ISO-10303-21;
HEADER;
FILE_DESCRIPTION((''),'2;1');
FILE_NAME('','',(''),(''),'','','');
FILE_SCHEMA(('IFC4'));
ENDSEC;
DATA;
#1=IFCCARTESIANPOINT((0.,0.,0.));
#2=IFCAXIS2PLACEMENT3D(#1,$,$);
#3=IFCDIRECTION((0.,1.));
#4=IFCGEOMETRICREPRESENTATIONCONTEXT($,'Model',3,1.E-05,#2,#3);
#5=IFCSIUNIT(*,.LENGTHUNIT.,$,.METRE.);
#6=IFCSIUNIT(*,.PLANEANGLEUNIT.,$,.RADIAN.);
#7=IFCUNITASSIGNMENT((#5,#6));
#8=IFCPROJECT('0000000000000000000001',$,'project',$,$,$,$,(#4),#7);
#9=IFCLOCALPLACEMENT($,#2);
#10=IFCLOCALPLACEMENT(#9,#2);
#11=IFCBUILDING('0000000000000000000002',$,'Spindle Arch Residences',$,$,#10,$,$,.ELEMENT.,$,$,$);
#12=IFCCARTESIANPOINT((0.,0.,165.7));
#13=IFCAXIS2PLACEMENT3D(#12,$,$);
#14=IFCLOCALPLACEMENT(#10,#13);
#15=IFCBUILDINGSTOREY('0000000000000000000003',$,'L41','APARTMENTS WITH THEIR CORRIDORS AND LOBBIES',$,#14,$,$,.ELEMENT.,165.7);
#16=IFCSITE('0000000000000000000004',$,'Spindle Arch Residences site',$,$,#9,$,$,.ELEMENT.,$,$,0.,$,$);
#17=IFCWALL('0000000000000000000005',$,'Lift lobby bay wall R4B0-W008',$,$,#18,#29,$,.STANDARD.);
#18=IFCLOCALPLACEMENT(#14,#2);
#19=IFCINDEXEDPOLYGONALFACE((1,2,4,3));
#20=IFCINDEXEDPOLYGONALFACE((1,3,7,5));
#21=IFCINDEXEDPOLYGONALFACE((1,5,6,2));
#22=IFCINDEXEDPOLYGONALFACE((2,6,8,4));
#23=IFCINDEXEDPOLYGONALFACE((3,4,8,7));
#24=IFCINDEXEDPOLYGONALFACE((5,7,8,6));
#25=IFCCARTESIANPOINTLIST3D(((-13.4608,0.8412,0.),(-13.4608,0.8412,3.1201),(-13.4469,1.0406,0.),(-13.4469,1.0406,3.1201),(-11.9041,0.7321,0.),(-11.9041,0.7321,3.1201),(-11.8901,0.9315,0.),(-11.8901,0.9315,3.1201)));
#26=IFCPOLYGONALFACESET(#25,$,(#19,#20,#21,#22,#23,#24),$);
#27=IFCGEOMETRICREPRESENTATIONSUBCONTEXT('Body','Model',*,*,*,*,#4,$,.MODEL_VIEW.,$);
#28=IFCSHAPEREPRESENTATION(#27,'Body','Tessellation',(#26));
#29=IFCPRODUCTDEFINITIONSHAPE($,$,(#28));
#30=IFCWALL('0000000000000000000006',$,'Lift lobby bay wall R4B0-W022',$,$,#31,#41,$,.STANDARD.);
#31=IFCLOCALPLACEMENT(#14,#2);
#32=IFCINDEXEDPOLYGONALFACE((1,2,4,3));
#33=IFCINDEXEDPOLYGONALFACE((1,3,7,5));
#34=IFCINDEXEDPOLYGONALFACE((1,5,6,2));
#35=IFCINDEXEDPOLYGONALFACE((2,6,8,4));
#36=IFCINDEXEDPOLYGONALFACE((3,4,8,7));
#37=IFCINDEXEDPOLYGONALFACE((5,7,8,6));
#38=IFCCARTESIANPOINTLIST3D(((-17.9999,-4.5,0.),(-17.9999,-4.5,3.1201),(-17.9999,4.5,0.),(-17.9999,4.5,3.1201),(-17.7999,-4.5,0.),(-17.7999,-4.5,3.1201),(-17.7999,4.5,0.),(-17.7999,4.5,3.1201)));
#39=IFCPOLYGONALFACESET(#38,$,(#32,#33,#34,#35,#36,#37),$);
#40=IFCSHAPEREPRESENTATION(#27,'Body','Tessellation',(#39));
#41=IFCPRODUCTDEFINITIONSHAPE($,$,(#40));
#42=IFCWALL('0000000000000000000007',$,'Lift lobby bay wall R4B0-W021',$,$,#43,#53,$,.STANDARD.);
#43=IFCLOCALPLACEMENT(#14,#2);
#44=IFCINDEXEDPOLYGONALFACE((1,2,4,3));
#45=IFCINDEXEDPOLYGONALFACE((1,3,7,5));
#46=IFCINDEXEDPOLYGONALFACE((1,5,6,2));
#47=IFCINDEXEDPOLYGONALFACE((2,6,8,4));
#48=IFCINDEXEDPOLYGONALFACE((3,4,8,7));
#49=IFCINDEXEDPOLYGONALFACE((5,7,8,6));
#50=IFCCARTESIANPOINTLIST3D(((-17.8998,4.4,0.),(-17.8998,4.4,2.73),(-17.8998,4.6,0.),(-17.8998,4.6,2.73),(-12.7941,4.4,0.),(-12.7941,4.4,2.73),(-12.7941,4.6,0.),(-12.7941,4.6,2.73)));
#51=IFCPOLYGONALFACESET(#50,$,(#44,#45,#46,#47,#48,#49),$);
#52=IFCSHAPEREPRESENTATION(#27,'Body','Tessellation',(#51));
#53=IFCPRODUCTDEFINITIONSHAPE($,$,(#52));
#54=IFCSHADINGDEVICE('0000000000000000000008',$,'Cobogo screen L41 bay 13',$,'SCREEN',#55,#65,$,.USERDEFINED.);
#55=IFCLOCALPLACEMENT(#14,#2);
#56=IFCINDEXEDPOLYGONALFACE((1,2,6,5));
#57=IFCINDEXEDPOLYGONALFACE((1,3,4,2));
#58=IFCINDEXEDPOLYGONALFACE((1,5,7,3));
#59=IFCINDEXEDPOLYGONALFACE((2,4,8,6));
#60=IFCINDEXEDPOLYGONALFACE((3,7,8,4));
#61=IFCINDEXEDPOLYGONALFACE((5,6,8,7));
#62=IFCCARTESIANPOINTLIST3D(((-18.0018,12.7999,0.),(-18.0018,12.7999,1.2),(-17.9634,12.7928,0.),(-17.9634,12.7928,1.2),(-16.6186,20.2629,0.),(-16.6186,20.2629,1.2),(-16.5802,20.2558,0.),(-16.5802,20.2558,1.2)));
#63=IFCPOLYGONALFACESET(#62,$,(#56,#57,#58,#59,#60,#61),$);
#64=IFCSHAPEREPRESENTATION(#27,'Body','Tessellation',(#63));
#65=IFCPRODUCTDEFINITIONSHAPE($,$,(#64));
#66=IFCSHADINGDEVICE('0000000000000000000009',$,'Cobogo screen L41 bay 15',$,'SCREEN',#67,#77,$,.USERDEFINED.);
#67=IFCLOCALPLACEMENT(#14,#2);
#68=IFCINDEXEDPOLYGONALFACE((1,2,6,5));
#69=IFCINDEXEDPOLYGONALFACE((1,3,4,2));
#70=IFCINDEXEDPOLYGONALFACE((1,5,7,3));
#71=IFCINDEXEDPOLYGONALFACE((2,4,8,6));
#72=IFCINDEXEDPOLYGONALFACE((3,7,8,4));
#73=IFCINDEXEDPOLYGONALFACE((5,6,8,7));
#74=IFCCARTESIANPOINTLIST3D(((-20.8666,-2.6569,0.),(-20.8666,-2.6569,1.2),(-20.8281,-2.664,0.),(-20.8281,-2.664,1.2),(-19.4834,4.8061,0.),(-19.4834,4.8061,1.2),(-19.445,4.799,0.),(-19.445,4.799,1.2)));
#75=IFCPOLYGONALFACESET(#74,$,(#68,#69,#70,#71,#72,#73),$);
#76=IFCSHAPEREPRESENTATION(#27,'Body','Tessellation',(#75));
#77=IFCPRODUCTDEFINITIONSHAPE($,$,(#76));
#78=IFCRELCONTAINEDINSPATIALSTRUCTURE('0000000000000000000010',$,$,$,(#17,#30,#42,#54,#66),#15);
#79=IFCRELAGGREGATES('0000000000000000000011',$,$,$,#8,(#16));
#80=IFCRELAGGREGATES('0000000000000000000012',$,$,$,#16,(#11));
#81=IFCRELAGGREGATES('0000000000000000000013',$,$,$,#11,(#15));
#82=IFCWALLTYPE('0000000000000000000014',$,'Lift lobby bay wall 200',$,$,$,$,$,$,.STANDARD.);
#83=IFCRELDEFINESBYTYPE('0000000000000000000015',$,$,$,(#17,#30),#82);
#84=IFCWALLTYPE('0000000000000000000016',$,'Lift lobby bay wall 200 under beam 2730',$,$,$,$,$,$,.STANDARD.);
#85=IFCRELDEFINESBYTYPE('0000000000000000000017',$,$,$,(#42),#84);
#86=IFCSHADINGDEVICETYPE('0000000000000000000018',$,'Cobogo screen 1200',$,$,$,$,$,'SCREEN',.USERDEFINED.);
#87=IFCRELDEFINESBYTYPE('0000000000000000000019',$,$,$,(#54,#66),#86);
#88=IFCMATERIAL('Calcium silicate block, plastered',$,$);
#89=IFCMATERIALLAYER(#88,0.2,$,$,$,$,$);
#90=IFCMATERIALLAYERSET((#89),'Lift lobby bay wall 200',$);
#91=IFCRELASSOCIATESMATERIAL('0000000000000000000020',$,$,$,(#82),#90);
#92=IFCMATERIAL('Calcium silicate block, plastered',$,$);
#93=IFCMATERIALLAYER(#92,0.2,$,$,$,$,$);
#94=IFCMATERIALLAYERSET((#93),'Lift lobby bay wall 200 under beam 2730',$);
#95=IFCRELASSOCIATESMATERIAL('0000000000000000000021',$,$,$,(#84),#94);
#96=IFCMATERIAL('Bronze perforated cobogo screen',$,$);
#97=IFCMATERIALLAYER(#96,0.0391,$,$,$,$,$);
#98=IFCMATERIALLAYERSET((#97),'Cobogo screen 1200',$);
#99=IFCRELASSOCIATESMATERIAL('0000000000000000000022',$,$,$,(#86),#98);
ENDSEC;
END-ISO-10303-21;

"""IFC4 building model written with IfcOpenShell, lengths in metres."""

from ifc_helpers import new_model, si_unit, direction, frame, frame_2d, origin, origin_2d, place, context, subcontext, project, spatial, rectangle, extrude, material, layer, layer_set, type_object, element, save


model = new_model("IFC4")

# Units and contexts
model_context = context("Model", 3, precision=1e-05, world=origin(), true_north=direction((0.0, 1.0)))
body_context = subcontext(model_context, "Body", "Model", "MODEL_VIEW")
ifc_project = project(units=[si_unit("LENGTHUNIT", "METRE"), si_unit("PLANEANGLEUNIT", "RADIAN")], contexts=[model_context])

# Site, building, storey
site_placement = place(None, origin())
site = spatial("IfcSite", under=ifc_project, at=site_placement, Name="Spindle Arch Residences site", CompositionType="ELEMENT", RefElevation=0.0)
building_placement = place(site_placement, origin())
building = spatial("IfcBuilding", under=site, at=building_placement, Name="Spindle Arch Residences", CompositionType="ELEMENT")
storey_placement = place(building_placement, frame((0.0, 0.0, 165.7)))
storey = spatial("IfcBuildingStorey", under=building, at=storey_placement, Name="L41", Description="APARTMENTS WITH THEIR CORRIDORS AND LOBBIES", CompositionType="ELEMENT", Elevation=165.7)

# Walls
ifc_material_1 = material(Name="Calcium silicate block, plastered")
ifc_layer_1 = layer(ifc_material_1, 0.2)
ifc_layer_set_1 = layer_set([ifc_layer_1], Name="Lift lobby bay wall 200")
wall_type_1 = type_object("IfcWallType", Name="Lift lobby bay wall 200", PredefinedType="STANDARD", material=ifc_layer_set_1)
wall_1_placement = place(storey_placement, frame((-13.4539, 0.9409, 0.0), z_axis=(0.0, 0.0, 1.0), x_axis=(0.997552, -0.069935, 0.0)))
element("IfcWall", 1, at=wall_1_placement, inside=storey, type_object=wall_type_1, Name="Lift lobby bay wall R4B0-W008", PredefinedType="STANDARD", context=body_context, shape_type="SweptSolid", body=[
    extrude(rectangle(XDim=1.5605, YDim=0.2, at=frame_2d((0.7803, 0.0))), origin(), (0.0, 0.0, 1.0), 3.1201),
])
wall_2_placement = place(storey_placement, frame((-17.8999, 4.5, 0.0), z_axis=(0.0, 0.0, 1.0), x_axis=(0.0, -1.0, 0.0)))
element("IfcWall", 2, at=wall_2_placement, inside=storey, type_object=wall_type_1, Name="Lift lobby bay wall R4B0-W022", PredefinedType="STANDARD", context=body_context, shape_type="SweptSolid", body=[
    extrude(rectangle(XDim=9.0, YDim=0.2, at=frame_2d((4.5, 0.0))), origin(), (0.0, 0.0, 1.0), 3.1201),
])
ifc_material_2 = material(Name="Calcium silicate block, plastered")
ifc_layer_2 = layer(ifc_material_2, 0.2)
ifc_layer_set_2 = layer_set([ifc_layer_2], Name="Lift lobby bay wall 200 under beam 2730")
wall_type_2 = type_object("IfcWallType", Name="Lift lobby bay wall 200 under beam 2730", PredefinedType="STANDARD", material=ifc_layer_set_2)
wall_3_placement = place(storey_placement, frame((-12.7942, 4.5, 0.0), z_axis=(0.0, 0.0, 1.0), x_axis=(-1.0, 0.0, 0.0)))
element("IfcWall", 3, at=wall_3_placement, inside=storey, type_object=wall_type_2, Name="Lift lobby bay wall R4B0-W021", PredefinedType="STANDARD", context=body_context, shape_type="SweptSolid", body=[
    extrude(rectangle(XDim=5.1057, YDim=0.2, at=frame_2d((2.5527, 0.0))), origin(), (0.0, 0.0, 1.0), 2.73),
])

# Shading devices
ifc_material_3 = material(Name="Bronze perforated cobogo screen")
ifc_layer_3 = layer(ifc_material_3, 0.0391)
ifc_layer_set_3 = layer_set([ifc_layer_3], Name="Cobogo screen 1200")
shading_device_type = type_object("IfcShadingDeviceType", Name="Cobogo screen 1200", ElementType="SCREEN", PredefinedType="USERDEFINED", material=ifc_layer_set_3)
for number, where, z_axis, x_axis, name in (
    (4, (-17.291, 16.5278, 0.0), (0.0, 0.0, 1.0), (-0.182236, -0.983255, 0.0), "Cobogo screen L41 bay 13"),
    (5, (-20.1558, 1.071, 0.0), (0.0, 0.0, 1.0), (-0.182236, -0.983255, 0.0), "Cobogo screen L41 bay 15"),
):
    element("IfcShadingDevice", number, at=place(storey_placement, frame(where, z_axis=z_axis, x_axis=x_axis)), inside=storey, type_object=shading_device_type, Name=name, ObjectType="SCREEN", PredefinedType="USERDEFINED", context=body_context, shape_type="SweptSolid", body=[
        extrude(rectangle(XDim=7.5901, YDim=0.0391, at=origin_2d()), origin(), (0.0, 0.0, 1.0), 1.2),
    ])

save(model, "model.ifc")
